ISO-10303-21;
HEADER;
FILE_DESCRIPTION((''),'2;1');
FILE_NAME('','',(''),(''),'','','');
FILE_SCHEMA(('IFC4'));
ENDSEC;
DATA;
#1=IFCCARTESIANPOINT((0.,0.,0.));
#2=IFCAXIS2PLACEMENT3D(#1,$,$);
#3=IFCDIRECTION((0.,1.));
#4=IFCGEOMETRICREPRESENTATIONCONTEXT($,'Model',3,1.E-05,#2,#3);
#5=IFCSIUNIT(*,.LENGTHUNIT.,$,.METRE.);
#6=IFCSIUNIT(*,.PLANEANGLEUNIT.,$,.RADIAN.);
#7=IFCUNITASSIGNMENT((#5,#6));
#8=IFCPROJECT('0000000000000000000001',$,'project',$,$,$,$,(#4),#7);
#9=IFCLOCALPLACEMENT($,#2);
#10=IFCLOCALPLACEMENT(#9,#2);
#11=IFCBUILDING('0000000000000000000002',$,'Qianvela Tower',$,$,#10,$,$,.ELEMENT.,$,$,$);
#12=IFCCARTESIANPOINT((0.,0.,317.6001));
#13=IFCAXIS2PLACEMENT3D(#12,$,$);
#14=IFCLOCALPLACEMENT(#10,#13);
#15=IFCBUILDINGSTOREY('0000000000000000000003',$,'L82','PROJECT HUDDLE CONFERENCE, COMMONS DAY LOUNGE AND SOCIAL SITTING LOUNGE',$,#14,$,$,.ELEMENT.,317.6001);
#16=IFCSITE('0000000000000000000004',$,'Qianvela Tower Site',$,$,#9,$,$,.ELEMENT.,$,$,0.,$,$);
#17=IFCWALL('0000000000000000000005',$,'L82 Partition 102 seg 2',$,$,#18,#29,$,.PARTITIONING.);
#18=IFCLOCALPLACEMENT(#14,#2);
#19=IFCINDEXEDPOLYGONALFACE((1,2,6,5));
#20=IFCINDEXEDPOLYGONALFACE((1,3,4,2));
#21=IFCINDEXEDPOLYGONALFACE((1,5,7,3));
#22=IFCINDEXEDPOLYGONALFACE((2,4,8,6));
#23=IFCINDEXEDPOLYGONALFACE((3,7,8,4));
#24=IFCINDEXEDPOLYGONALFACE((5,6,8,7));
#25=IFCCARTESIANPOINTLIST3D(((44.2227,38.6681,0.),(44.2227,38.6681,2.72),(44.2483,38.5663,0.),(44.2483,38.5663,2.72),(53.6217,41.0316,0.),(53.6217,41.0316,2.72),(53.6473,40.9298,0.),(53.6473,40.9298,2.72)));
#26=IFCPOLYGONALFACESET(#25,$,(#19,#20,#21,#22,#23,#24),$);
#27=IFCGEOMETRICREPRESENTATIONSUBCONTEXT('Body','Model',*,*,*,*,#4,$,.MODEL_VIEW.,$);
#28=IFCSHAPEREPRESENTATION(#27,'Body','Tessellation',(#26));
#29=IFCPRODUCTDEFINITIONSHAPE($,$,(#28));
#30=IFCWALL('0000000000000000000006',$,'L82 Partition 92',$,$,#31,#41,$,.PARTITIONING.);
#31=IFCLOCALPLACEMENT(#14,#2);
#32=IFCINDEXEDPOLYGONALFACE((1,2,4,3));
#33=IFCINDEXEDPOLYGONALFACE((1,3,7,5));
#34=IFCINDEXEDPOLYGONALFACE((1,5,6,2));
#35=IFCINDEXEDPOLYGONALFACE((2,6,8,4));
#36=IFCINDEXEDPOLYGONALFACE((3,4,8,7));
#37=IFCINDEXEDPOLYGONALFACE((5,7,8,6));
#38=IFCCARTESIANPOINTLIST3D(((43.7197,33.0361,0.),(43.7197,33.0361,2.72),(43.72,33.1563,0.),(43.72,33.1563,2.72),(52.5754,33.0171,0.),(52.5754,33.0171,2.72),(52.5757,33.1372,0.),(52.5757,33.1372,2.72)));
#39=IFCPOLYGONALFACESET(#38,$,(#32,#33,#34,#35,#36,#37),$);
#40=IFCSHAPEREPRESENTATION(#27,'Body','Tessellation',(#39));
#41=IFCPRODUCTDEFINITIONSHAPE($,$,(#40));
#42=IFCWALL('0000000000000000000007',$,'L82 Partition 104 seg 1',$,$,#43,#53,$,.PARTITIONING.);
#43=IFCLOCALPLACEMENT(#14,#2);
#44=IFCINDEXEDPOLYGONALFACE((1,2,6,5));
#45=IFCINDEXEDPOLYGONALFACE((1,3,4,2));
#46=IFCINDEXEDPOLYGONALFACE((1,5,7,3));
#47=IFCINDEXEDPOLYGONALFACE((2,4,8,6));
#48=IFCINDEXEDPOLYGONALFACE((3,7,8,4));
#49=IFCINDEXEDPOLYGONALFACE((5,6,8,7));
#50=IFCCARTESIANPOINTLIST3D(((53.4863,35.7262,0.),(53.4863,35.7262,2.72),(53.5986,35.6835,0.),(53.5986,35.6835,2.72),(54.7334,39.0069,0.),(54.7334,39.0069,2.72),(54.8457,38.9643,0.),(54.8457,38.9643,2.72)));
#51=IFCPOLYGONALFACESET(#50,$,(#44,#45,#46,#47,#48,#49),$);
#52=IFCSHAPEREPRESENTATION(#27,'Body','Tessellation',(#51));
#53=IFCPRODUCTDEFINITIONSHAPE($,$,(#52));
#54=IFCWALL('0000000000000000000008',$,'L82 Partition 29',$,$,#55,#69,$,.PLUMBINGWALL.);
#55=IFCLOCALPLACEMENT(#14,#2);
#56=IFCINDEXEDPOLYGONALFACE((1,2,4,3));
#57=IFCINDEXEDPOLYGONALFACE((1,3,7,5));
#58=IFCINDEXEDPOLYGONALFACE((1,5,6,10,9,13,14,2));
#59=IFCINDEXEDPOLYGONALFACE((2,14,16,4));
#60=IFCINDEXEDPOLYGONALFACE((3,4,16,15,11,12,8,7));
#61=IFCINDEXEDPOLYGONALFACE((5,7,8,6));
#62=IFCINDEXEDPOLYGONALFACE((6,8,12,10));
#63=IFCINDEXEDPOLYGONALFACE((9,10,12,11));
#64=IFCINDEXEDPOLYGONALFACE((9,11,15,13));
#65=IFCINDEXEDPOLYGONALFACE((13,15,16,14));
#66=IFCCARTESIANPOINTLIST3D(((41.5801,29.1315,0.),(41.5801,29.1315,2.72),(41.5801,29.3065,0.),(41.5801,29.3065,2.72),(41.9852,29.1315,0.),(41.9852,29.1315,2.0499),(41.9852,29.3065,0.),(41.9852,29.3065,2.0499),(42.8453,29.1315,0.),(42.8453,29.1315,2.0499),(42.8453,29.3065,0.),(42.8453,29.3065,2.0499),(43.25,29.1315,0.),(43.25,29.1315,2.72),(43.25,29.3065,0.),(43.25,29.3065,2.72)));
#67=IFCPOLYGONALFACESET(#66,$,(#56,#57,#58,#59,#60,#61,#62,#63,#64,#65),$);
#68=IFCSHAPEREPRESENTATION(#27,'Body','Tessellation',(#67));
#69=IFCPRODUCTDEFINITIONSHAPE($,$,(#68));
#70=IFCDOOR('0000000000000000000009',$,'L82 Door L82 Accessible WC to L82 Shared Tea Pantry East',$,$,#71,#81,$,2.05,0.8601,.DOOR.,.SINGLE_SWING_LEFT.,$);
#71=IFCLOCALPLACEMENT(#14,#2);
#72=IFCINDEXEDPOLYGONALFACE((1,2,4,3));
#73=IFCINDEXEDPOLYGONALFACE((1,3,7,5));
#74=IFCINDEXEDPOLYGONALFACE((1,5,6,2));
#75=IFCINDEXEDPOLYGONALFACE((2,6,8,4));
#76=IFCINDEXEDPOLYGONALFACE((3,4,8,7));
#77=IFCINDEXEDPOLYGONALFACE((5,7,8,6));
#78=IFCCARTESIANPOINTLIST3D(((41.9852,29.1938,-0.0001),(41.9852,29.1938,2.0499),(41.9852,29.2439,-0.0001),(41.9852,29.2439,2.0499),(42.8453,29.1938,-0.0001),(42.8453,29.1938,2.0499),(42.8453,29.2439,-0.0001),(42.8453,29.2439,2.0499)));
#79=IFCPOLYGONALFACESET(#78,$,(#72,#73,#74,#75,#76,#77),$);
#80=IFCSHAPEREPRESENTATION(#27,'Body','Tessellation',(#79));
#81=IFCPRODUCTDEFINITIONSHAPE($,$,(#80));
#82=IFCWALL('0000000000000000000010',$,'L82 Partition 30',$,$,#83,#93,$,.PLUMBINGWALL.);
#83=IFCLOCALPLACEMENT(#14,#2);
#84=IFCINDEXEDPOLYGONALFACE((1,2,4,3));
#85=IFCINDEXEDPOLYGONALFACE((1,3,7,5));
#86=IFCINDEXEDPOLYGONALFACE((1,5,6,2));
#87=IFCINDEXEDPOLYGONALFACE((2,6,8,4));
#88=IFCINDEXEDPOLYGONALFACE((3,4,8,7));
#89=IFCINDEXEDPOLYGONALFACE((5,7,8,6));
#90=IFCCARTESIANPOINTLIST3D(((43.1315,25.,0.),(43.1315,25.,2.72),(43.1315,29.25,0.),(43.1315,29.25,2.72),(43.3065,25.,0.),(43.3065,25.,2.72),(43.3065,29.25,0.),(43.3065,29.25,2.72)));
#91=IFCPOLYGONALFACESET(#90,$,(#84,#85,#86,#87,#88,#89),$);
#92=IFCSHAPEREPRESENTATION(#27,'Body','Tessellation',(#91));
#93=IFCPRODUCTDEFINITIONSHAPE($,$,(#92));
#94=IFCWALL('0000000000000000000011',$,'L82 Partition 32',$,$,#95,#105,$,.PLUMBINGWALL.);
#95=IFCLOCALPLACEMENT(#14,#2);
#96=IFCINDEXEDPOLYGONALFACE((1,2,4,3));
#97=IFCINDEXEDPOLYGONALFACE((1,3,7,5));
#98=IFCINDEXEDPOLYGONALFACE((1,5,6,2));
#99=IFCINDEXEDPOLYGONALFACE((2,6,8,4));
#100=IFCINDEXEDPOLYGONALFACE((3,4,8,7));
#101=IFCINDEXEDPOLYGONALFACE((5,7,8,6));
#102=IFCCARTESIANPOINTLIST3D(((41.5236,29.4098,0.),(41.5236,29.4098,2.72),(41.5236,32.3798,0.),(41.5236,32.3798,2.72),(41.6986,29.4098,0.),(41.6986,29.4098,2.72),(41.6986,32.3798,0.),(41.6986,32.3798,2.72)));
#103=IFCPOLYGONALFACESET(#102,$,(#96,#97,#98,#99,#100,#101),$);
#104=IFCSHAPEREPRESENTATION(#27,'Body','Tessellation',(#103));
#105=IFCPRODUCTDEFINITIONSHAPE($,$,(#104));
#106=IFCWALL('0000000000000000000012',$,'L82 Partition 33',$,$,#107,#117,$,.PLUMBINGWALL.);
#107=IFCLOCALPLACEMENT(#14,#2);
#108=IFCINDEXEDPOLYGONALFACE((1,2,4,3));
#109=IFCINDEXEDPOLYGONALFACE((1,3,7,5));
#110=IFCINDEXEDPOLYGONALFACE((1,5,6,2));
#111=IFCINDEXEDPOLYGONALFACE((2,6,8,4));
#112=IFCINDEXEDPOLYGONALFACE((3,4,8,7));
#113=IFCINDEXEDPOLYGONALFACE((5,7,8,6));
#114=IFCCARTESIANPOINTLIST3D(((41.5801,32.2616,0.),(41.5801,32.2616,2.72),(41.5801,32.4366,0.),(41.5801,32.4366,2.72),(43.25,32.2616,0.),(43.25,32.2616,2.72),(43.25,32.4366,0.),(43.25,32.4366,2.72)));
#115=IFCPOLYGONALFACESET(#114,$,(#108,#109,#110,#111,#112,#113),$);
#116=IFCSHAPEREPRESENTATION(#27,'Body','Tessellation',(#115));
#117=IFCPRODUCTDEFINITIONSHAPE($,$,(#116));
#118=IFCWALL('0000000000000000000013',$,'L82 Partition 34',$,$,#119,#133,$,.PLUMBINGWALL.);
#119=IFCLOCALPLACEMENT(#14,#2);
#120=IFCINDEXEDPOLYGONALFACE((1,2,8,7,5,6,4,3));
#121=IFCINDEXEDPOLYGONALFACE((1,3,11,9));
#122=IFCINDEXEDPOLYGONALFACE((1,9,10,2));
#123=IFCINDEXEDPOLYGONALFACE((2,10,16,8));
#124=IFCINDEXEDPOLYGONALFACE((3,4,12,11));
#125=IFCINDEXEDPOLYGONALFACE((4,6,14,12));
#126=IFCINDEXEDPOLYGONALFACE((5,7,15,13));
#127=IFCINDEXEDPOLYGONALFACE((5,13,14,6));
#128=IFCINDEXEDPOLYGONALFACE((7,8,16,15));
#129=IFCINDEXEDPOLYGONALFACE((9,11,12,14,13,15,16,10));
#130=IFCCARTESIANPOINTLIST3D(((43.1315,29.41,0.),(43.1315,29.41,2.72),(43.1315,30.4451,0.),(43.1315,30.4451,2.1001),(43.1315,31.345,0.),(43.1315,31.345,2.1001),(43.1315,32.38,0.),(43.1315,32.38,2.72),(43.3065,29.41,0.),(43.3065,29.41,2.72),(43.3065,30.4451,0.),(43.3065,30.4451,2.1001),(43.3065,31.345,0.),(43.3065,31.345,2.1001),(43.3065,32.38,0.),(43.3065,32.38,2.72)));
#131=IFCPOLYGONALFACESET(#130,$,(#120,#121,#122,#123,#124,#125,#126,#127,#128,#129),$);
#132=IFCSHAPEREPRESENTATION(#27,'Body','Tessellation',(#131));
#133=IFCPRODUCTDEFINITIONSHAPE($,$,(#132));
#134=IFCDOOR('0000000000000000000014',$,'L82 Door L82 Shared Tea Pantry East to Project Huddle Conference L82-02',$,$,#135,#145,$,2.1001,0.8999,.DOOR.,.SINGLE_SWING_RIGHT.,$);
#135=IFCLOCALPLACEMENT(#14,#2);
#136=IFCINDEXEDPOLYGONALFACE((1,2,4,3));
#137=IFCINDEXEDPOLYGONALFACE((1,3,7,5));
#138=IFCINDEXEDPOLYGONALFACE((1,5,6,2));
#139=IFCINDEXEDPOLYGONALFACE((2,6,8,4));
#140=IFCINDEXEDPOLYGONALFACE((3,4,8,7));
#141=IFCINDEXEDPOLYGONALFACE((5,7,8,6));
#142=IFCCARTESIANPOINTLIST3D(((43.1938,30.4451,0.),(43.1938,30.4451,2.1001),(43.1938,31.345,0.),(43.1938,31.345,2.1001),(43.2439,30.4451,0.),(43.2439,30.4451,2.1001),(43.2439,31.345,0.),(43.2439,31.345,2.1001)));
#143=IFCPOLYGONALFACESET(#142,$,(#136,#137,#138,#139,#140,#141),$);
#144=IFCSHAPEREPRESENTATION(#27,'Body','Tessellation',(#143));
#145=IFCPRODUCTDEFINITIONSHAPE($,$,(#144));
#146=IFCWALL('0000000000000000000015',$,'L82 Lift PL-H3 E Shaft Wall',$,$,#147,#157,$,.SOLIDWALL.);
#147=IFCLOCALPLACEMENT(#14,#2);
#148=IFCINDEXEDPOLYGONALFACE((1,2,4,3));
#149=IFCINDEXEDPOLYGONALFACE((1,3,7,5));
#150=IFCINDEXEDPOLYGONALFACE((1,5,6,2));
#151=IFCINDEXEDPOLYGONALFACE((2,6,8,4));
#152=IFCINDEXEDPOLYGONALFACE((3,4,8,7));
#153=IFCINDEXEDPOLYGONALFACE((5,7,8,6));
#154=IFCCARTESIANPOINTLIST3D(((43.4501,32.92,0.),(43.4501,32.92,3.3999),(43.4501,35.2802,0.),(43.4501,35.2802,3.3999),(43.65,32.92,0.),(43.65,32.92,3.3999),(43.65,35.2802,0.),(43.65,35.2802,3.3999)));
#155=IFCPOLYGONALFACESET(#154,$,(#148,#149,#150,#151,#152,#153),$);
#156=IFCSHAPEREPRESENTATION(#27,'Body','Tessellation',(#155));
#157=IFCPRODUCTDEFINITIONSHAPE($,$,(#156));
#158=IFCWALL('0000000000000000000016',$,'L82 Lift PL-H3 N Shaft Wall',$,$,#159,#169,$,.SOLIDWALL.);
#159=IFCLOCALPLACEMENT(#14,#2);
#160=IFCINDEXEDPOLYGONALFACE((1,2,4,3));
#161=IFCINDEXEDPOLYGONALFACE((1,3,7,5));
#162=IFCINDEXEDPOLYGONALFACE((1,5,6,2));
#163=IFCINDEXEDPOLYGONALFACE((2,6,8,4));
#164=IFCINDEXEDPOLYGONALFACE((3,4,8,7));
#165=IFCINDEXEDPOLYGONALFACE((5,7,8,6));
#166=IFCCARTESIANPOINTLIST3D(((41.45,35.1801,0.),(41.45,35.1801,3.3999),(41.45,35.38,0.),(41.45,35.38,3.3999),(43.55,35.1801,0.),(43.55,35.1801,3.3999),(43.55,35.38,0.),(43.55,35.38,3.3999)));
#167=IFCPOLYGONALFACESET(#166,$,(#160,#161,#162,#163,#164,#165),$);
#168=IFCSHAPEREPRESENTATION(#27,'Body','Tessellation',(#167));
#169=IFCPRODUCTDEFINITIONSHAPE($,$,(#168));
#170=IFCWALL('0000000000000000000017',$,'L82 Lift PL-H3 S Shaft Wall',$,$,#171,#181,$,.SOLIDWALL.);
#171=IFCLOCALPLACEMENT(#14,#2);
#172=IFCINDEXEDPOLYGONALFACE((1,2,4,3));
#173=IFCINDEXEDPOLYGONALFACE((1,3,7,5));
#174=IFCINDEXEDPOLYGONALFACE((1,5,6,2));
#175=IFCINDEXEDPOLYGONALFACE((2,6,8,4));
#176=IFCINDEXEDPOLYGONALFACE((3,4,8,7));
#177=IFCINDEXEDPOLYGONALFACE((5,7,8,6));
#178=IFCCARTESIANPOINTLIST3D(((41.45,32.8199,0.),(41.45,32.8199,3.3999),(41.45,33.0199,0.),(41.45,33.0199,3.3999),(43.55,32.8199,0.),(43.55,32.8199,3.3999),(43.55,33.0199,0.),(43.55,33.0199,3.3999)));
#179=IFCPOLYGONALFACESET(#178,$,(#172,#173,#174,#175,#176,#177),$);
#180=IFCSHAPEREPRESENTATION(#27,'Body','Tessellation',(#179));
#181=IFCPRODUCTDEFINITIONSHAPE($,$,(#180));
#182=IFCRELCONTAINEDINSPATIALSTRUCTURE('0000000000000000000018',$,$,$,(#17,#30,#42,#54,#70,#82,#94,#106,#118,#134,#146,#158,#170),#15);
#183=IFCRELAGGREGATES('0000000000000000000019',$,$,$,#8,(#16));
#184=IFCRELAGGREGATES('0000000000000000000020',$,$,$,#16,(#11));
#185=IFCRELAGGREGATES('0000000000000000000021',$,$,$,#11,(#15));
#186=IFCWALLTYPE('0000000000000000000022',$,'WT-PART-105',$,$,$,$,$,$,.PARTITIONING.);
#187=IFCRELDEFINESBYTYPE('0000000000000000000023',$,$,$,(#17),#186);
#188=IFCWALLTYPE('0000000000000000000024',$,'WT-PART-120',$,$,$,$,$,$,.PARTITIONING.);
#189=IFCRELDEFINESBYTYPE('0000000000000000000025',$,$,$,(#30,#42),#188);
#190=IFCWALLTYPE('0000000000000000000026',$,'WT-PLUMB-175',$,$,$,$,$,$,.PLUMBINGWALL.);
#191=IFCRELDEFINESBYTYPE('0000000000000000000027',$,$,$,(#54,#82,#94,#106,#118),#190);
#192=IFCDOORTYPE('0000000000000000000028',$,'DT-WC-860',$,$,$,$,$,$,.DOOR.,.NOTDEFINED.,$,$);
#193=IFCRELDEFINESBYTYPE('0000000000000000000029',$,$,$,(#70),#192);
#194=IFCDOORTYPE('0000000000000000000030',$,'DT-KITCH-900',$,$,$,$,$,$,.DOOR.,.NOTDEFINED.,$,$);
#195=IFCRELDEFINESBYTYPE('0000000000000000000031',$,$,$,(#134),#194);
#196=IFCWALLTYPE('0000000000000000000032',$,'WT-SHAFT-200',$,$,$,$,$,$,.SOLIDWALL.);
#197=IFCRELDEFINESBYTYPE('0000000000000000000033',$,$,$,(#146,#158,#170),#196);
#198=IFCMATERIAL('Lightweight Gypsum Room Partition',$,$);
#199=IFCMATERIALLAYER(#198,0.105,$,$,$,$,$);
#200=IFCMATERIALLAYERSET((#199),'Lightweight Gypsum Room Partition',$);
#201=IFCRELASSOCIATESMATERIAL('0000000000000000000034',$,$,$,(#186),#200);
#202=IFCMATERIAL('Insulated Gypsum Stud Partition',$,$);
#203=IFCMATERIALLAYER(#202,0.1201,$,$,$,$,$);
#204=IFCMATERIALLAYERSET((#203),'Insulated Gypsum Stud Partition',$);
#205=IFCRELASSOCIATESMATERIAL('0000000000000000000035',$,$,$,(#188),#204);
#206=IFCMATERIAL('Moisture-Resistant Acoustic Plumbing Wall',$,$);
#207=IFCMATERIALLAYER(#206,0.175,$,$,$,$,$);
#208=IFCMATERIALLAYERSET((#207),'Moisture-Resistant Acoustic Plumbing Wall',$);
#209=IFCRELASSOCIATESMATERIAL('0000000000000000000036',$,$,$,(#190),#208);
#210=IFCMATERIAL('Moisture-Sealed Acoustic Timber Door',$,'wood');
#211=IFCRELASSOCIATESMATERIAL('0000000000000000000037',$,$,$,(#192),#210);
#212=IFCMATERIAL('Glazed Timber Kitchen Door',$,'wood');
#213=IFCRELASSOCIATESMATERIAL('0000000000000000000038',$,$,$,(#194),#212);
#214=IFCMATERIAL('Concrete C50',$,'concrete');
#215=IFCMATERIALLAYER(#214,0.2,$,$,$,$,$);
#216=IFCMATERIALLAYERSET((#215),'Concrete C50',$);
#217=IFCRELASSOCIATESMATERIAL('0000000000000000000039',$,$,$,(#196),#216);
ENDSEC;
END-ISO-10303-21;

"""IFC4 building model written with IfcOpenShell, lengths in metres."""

from ifc_helpers import new_model, si_unit, direction, frame, frame_2d, origin, place, context, subcontext, project, spatial, rectangle, extrude, material, layer, layer_set, type_object, element, fill, save


model = new_model("IFC4")

# Units and contexts
model_context = context("Model", 3, precision=1e-05, world=origin(), true_north=direction((0.0, 1.0)))
body_context = subcontext(model_context, "Body", "Model", "MODEL_VIEW")
ifc_project = project(units=[si_unit("LENGTHUNIT", "METRE"), si_unit("PLANEANGLEUNIT", "RADIAN")], contexts=[model_context])

# Site, building, storey
site_placement = place(None, origin())
site = spatial("IfcSite", under=ifc_project, at=site_placement, Name="Qianvela Tower Site", CompositionType="ELEMENT", RefElevation=0.0)
building_placement = place(site_placement, origin())
building = spatial("IfcBuilding", under=site, at=building_placement, Name="Qianvela Tower", CompositionType="ELEMENT")
storey_placement = place(building_placement, frame((0.0, 0.0, 317.6001)))
storey = spatial("IfcBuildingStorey", under=building, at=storey_placement, Name="L82", Description="PROJECT HUDDLE CONFERENCE, COMMONS DAY LOUNGE AND SOCIAL SITTING LOUNGE", CompositionType="ELEMENT", Elevation=317.6001)

# Walls
ifc_material_1 = material(Name="Lightweight Gypsum Room Partition")
ifc_layer_1 = layer(ifc_material_1, 0.105)
ifc_layer_set_1 = layer_set([ifc_layer_1], Name="Lightweight Gypsum Room Partition")
wall_type_1 = type_object("IfcWallType", Name="WT-PART-105", PredefinedType="PARTITIONING", material=ifc_layer_set_1)
wall_1_placement = place(storey_placement, frame((44.2356, 38.6172, 0.0), z_axis=(0.0, 0.0, 1.0), x_axis=(0.969807, 0.243875, 0.0)))
element("IfcWall", 1, at=wall_1_placement, inside=storey, type_object=wall_type_1, Name="L82 Partition 102 seg 2", PredefinedType="PARTITIONING", context=body_context, shape_type="SweptSolid", body=[
    extrude(rectangle(XDim=9.6917, YDim=0.105, at=frame_2d((4.8457, 0.0))), origin(), (0.0, 0.0, 1.0), 2.72),
])
ifc_material_2 = material(Name="Insulated Gypsum Stud Partition")
ifc_layer_2 = layer(ifc_material_2, 0.1201)
ifc_layer_set_2 = layer_set([ifc_layer_2], Name="Insulated Gypsum Stud Partition")
wall_type_2 = type_object("IfcWallType", Name="WT-PART-120", PredefinedType="PARTITIONING", material=ifc_layer_set_2)
wall_2_placement = place(storey_placement, frame((43.72, 33.0962, 0.0), z_axis=(0.0, 0.0, 1.0), x_axis=(0.999998, -0.00215, 0.0)))
element("IfcWall", 2, at=wall_2_placement, inside=storey, type_object=wall_type_2, Name="L82 Partition 92", PredefinedType="PARTITIONING", context=body_context, shape_type="SweptSolid", body=[
    extrude(rectangle(XDim=8.8557, YDim=0.1201, at=frame_2d((4.4277, 0.0))), origin(), (0.0, 0.0, 1.0), 2.72),
])
wall_3_placement = place(storey_placement, frame((54.7896, 38.9856, 0.0), z_axis=(0.0, 0.0, 1.0), x_axis=(-0.355313, -0.934748, 0.0)))
element("IfcWall", 3, at=wall_3_placement, inside=storey, type_object=wall_type_2, Name="L82 Partition 104 seg 1", PredefinedType="PARTITIONING", context=body_context, shape_type="SweptSolid", body=[
    extrude(rectangle(XDim=3.5098, YDim=0.1201, at=frame_2d((1.7549, 0.0))), origin(), (0.0, 0.0, 1.0), 2.72),
])

# Wall, opening, door
ifc_material_3 = material(Name="Moisture-Resistant Acoustic Plumbing Wall")
ifc_layer_3 = layer(ifc_material_3, 0.175)
ifc_layer_set_3 = layer_set([ifc_layer_3], Name="Moisture-Resistant Acoustic Plumbing Wall")
wall_type_3 = type_object("IfcWallType", Name="WT-PLUMB-175", PredefinedType="PLUMBINGWALL", material=ifc_layer_set_3)
wall_4_placement = place(storey_placement, frame((41.5801, 29.219, 0.0), z_axis=(0.0, 0.0, 1.0), x_axis=(1.0, 0.0, 0.0)))
wall_4 = element("IfcWall", 4, at=wall_4_placement, inside=storey, type_object=wall_type_3, Name="L82 Partition 29", PredefinedType="PLUMBINGWALL", context=body_context, shape_type="SweptSolid", body=[
    extrude(rectangle(XDim=1.6699, YDim=0.175, at=frame_2d((0.835, 0.0))), origin(), (0.0, 0.0, 1.0), 2.72),
])
opening_1_placement = place(wall_4_placement, frame((0.405, 0.0, 0.0)))
opening_1 = element("IfcOpeningElement", 5, at=opening_1_placement, cuts=wall_4, PredefinedType="OPENING", context=body_context, shape_type="SweptSolid", body=[
    extrude(rectangle(XDim=0.8601, YDim=2.05, at=frame_2d((0.4302, 1.0249))), frame((0.0, 0.0974, 0.0), z_axis=(0.0, -1.0, 0.0), x_axis=(1.0, 0.0, 0.0)), (0.0, 0.0, 1.0), 0.1951),
])
ifc_material_4 = material(Name="Moisture-Sealed Acoustic Timber Door", Category="wood")
door_type_1 = type_object("IfcDoorType", Name="DT-WC-860", OperationType="NOTDEFINED", PredefinedType="DOOR", material=ifc_material_4)
door_1_placement = place(opening_1_placement, origin())
door_1 = element("IfcDoor", 6, at=door_1_placement, inside=storey, type_object=door_type_1, Name="L82 Door L82 Accessible WC to L82 Shared Tea Pantry East", OperationType="SINGLE_SWING_LEFT", OverallHeight=2.05, OverallWidth=0.8601, PredefinedType="DOOR", context=body_context, shape_type="SweptSolid", body=[
    extrude(rectangle(XDim=0.8601, YDim=2.05, at=frame_2d((0.4302, 1.0249))), frame((0.0, 0.0249, 0.0), z_axis=(0.0, -1.0, 0.0), x_axis=(1.0, 0.0, 0.0)), (0.0, 0.0, 1.0), 0.05),
])
fill(opening_1, door_1)

# Walls
wall_5_placement = place(storey_placement, frame((43.219, 29.25, 0.0), z_axis=(0.0, 0.0, 1.0), x_axis=(0.0, -1.0, 0.0)))
element("IfcWall", 7, at=wall_5_placement, inside=storey, type_object=wall_type_3, Name="L82 Partition 30", PredefinedType="PLUMBINGWALL", context=body_context, shape_type="SweptSolid", body=[
    extrude(rectangle(XDim=4.25, YDim=0.175, at=frame_2d((2.125, 0.0))), origin(), (0.0, 0.0, 1.0), 2.72),
])
wall_6_placement = place(storey_placement, frame((41.6111, 29.4099, 0.0), z_axis=(0.0, 0.0, 1.0), x_axis=(0.0, 1.0, 0.0)))
element("IfcWall", 8, at=wall_6_placement, inside=storey, type_object=wall_type_3, Name="L82 Partition 32", PredefinedType="PLUMBINGWALL", context=body_context, shape_type="SweptSolid", body=[
    extrude(rectangle(XDim=2.97, YDim=0.175, at=frame_2d((1.4849, 0.0))), origin(), (0.0, 0.0, 1.0), 2.72),
])
wall_7_placement = place(storey_placement, frame((41.5801, 32.3491, 0.0), z_axis=(0.0, 0.0, 1.0), x_axis=(1.0, 0.0, 0.0)))
element("IfcWall", 9, at=wall_7_placement, inside=storey, type_object=wall_type_3, Name="L82 Partition 33", PredefinedType="PLUMBINGWALL", context=body_context, shape_type="SweptSolid", body=[
    extrude(rectangle(XDim=1.6699, YDim=0.175, at=frame_2d((0.835, 0.0))), origin(), (0.0, 0.0, 1.0), 2.72),
])

# Wall, opening, door
wall_8_placement = place(storey_placement, frame((43.219, 32.3799, 0.0), z_axis=(0.0, 0.0, 1.0), x_axis=(0.0, -1.0, 0.0)))
wall_8 = element("IfcWall", 10, at=wall_8_placement, inside=storey, type_object=wall_type_3, Name="L82 Partition 34", PredefinedType="PLUMBINGWALL", context=body_context, shape_type="SweptSolid", body=[
    extrude(rectangle(XDim=2.97, YDim=0.175, at=frame_2d((1.4849, 0.0))), origin(), (0.0, 0.0, 1.0), 2.72),
])
opening_2_placement = place(wall_8_placement, frame((1.0349, 0.0, 0.0)))
opening_2 = element("IfcOpeningElement", 11, at=opening_2_placement, cuts=wall_8, PredefinedType="OPENING", context=body_context, shape_type="SweptSolid", body=[
    extrude(rectangle(XDim=0.8999, YDim=2.1001, at=frame_2d((0.45, 1.05))), frame((0.0, 0.0974, 0.0), z_axis=(0.0, -1.0, 0.0), x_axis=(1.0, 0.0, 0.0)), (0.0, 0.0, 1.0), 0.1951),
])
ifc_material_5 = material(Name="Glazed Timber Kitchen Door", Category="wood")
door_type_2 = type_object("IfcDoorType", Name="DT-KITCH-900", OperationType="NOTDEFINED", PredefinedType="DOOR", material=ifc_material_5)
door_2_placement = place(opening_2_placement, origin())
door_2 = element("IfcDoor", 12, at=door_2_placement, inside=storey, type_object=door_type_2, Name="L82 Door L82 Shared Tea Pantry East to Project Huddle Conference L82-02", OperationType="SINGLE_SWING_RIGHT", OverallHeight=2.1001, OverallWidth=0.8999, PredefinedType="DOOR", context=body_context, shape_type="SweptSolid", body=[
    extrude(rectangle(XDim=0.8999, YDim=2.1001, at=frame_2d((0.45, 1.05))), frame((0.0, 0.0249, 0.0), z_axis=(0.0, -1.0, 0.0), x_axis=(1.0, 0.0, 0.0)), (0.0, 0.0, 1.0), 0.05),
])
fill(opening_2, door_2)

# Wall
ifc_material_6 = material(Name="Concrete C50", Category="concrete")
ifc_layer_4 = layer(ifc_material_6, 0.2)
ifc_layer_set_4 = layer_set([ifc_layer_4], Name="Concrete C50")
wall_type_4 = type_object("IfcWallType", Name="WT-SHAFT-200", PredefinedType="SOLIDWALL", material=ifc_layer_set_4)
wall_9_placement = place(storey_placement, frame((43.55, 32.9199, 0.0), z_axis=(0.0, 0.0, 1.0), x_axis=(0.0, 1.0, 0.0)))
element("IfcWall", 13, at=wall_9_placement, inside=storey, type_object=wall_type_4, Name="L82 Lift PL-H3 E Shaft Wall", PredefinedType="SOLIDWALL", context=body_context, shape_type="SweptSolid", body=[
    extrude(rectangle(XDim=2.3601, YDim=0.2, at=frame_2d((1.1802, 0.0))), origin(), (0.0, 0.0, 1.0), 3.3999),
])

# Walls
for number, where, z_axis, x_axis, name in (
    (14, (41.45, 35.28, 0.0), (0.0, 0.0, 1.0), (1.0, 0.0, 0.0), "L82 Lift PL-H3 N Shaft Wall"),
    (15, (41.45, 32.9199, 0.0), (0.0, 0.0, 1.0), (1.0, 0.0, 0.0), "L82 Lift PL-H3 S Shaft Wall"),
):
    element("IfcWall", number, at=place(storey_placement, frame(where, z_axis=z_axis, x_axis=x_axis)), inside=storey, type_object=wall_type_4, Name=name, PredefinedType="SOLIDWALL", context=body_context, shape_type="SweptSolid", body=[
        extrude(rectangle(XDim=2.1001, YDim=0.2, at=frame_2d((1.05, 0.0))), origin(), (0.0, 0.0, 1.0), 3.3999),
    ])

save(model, "model.ifc")
